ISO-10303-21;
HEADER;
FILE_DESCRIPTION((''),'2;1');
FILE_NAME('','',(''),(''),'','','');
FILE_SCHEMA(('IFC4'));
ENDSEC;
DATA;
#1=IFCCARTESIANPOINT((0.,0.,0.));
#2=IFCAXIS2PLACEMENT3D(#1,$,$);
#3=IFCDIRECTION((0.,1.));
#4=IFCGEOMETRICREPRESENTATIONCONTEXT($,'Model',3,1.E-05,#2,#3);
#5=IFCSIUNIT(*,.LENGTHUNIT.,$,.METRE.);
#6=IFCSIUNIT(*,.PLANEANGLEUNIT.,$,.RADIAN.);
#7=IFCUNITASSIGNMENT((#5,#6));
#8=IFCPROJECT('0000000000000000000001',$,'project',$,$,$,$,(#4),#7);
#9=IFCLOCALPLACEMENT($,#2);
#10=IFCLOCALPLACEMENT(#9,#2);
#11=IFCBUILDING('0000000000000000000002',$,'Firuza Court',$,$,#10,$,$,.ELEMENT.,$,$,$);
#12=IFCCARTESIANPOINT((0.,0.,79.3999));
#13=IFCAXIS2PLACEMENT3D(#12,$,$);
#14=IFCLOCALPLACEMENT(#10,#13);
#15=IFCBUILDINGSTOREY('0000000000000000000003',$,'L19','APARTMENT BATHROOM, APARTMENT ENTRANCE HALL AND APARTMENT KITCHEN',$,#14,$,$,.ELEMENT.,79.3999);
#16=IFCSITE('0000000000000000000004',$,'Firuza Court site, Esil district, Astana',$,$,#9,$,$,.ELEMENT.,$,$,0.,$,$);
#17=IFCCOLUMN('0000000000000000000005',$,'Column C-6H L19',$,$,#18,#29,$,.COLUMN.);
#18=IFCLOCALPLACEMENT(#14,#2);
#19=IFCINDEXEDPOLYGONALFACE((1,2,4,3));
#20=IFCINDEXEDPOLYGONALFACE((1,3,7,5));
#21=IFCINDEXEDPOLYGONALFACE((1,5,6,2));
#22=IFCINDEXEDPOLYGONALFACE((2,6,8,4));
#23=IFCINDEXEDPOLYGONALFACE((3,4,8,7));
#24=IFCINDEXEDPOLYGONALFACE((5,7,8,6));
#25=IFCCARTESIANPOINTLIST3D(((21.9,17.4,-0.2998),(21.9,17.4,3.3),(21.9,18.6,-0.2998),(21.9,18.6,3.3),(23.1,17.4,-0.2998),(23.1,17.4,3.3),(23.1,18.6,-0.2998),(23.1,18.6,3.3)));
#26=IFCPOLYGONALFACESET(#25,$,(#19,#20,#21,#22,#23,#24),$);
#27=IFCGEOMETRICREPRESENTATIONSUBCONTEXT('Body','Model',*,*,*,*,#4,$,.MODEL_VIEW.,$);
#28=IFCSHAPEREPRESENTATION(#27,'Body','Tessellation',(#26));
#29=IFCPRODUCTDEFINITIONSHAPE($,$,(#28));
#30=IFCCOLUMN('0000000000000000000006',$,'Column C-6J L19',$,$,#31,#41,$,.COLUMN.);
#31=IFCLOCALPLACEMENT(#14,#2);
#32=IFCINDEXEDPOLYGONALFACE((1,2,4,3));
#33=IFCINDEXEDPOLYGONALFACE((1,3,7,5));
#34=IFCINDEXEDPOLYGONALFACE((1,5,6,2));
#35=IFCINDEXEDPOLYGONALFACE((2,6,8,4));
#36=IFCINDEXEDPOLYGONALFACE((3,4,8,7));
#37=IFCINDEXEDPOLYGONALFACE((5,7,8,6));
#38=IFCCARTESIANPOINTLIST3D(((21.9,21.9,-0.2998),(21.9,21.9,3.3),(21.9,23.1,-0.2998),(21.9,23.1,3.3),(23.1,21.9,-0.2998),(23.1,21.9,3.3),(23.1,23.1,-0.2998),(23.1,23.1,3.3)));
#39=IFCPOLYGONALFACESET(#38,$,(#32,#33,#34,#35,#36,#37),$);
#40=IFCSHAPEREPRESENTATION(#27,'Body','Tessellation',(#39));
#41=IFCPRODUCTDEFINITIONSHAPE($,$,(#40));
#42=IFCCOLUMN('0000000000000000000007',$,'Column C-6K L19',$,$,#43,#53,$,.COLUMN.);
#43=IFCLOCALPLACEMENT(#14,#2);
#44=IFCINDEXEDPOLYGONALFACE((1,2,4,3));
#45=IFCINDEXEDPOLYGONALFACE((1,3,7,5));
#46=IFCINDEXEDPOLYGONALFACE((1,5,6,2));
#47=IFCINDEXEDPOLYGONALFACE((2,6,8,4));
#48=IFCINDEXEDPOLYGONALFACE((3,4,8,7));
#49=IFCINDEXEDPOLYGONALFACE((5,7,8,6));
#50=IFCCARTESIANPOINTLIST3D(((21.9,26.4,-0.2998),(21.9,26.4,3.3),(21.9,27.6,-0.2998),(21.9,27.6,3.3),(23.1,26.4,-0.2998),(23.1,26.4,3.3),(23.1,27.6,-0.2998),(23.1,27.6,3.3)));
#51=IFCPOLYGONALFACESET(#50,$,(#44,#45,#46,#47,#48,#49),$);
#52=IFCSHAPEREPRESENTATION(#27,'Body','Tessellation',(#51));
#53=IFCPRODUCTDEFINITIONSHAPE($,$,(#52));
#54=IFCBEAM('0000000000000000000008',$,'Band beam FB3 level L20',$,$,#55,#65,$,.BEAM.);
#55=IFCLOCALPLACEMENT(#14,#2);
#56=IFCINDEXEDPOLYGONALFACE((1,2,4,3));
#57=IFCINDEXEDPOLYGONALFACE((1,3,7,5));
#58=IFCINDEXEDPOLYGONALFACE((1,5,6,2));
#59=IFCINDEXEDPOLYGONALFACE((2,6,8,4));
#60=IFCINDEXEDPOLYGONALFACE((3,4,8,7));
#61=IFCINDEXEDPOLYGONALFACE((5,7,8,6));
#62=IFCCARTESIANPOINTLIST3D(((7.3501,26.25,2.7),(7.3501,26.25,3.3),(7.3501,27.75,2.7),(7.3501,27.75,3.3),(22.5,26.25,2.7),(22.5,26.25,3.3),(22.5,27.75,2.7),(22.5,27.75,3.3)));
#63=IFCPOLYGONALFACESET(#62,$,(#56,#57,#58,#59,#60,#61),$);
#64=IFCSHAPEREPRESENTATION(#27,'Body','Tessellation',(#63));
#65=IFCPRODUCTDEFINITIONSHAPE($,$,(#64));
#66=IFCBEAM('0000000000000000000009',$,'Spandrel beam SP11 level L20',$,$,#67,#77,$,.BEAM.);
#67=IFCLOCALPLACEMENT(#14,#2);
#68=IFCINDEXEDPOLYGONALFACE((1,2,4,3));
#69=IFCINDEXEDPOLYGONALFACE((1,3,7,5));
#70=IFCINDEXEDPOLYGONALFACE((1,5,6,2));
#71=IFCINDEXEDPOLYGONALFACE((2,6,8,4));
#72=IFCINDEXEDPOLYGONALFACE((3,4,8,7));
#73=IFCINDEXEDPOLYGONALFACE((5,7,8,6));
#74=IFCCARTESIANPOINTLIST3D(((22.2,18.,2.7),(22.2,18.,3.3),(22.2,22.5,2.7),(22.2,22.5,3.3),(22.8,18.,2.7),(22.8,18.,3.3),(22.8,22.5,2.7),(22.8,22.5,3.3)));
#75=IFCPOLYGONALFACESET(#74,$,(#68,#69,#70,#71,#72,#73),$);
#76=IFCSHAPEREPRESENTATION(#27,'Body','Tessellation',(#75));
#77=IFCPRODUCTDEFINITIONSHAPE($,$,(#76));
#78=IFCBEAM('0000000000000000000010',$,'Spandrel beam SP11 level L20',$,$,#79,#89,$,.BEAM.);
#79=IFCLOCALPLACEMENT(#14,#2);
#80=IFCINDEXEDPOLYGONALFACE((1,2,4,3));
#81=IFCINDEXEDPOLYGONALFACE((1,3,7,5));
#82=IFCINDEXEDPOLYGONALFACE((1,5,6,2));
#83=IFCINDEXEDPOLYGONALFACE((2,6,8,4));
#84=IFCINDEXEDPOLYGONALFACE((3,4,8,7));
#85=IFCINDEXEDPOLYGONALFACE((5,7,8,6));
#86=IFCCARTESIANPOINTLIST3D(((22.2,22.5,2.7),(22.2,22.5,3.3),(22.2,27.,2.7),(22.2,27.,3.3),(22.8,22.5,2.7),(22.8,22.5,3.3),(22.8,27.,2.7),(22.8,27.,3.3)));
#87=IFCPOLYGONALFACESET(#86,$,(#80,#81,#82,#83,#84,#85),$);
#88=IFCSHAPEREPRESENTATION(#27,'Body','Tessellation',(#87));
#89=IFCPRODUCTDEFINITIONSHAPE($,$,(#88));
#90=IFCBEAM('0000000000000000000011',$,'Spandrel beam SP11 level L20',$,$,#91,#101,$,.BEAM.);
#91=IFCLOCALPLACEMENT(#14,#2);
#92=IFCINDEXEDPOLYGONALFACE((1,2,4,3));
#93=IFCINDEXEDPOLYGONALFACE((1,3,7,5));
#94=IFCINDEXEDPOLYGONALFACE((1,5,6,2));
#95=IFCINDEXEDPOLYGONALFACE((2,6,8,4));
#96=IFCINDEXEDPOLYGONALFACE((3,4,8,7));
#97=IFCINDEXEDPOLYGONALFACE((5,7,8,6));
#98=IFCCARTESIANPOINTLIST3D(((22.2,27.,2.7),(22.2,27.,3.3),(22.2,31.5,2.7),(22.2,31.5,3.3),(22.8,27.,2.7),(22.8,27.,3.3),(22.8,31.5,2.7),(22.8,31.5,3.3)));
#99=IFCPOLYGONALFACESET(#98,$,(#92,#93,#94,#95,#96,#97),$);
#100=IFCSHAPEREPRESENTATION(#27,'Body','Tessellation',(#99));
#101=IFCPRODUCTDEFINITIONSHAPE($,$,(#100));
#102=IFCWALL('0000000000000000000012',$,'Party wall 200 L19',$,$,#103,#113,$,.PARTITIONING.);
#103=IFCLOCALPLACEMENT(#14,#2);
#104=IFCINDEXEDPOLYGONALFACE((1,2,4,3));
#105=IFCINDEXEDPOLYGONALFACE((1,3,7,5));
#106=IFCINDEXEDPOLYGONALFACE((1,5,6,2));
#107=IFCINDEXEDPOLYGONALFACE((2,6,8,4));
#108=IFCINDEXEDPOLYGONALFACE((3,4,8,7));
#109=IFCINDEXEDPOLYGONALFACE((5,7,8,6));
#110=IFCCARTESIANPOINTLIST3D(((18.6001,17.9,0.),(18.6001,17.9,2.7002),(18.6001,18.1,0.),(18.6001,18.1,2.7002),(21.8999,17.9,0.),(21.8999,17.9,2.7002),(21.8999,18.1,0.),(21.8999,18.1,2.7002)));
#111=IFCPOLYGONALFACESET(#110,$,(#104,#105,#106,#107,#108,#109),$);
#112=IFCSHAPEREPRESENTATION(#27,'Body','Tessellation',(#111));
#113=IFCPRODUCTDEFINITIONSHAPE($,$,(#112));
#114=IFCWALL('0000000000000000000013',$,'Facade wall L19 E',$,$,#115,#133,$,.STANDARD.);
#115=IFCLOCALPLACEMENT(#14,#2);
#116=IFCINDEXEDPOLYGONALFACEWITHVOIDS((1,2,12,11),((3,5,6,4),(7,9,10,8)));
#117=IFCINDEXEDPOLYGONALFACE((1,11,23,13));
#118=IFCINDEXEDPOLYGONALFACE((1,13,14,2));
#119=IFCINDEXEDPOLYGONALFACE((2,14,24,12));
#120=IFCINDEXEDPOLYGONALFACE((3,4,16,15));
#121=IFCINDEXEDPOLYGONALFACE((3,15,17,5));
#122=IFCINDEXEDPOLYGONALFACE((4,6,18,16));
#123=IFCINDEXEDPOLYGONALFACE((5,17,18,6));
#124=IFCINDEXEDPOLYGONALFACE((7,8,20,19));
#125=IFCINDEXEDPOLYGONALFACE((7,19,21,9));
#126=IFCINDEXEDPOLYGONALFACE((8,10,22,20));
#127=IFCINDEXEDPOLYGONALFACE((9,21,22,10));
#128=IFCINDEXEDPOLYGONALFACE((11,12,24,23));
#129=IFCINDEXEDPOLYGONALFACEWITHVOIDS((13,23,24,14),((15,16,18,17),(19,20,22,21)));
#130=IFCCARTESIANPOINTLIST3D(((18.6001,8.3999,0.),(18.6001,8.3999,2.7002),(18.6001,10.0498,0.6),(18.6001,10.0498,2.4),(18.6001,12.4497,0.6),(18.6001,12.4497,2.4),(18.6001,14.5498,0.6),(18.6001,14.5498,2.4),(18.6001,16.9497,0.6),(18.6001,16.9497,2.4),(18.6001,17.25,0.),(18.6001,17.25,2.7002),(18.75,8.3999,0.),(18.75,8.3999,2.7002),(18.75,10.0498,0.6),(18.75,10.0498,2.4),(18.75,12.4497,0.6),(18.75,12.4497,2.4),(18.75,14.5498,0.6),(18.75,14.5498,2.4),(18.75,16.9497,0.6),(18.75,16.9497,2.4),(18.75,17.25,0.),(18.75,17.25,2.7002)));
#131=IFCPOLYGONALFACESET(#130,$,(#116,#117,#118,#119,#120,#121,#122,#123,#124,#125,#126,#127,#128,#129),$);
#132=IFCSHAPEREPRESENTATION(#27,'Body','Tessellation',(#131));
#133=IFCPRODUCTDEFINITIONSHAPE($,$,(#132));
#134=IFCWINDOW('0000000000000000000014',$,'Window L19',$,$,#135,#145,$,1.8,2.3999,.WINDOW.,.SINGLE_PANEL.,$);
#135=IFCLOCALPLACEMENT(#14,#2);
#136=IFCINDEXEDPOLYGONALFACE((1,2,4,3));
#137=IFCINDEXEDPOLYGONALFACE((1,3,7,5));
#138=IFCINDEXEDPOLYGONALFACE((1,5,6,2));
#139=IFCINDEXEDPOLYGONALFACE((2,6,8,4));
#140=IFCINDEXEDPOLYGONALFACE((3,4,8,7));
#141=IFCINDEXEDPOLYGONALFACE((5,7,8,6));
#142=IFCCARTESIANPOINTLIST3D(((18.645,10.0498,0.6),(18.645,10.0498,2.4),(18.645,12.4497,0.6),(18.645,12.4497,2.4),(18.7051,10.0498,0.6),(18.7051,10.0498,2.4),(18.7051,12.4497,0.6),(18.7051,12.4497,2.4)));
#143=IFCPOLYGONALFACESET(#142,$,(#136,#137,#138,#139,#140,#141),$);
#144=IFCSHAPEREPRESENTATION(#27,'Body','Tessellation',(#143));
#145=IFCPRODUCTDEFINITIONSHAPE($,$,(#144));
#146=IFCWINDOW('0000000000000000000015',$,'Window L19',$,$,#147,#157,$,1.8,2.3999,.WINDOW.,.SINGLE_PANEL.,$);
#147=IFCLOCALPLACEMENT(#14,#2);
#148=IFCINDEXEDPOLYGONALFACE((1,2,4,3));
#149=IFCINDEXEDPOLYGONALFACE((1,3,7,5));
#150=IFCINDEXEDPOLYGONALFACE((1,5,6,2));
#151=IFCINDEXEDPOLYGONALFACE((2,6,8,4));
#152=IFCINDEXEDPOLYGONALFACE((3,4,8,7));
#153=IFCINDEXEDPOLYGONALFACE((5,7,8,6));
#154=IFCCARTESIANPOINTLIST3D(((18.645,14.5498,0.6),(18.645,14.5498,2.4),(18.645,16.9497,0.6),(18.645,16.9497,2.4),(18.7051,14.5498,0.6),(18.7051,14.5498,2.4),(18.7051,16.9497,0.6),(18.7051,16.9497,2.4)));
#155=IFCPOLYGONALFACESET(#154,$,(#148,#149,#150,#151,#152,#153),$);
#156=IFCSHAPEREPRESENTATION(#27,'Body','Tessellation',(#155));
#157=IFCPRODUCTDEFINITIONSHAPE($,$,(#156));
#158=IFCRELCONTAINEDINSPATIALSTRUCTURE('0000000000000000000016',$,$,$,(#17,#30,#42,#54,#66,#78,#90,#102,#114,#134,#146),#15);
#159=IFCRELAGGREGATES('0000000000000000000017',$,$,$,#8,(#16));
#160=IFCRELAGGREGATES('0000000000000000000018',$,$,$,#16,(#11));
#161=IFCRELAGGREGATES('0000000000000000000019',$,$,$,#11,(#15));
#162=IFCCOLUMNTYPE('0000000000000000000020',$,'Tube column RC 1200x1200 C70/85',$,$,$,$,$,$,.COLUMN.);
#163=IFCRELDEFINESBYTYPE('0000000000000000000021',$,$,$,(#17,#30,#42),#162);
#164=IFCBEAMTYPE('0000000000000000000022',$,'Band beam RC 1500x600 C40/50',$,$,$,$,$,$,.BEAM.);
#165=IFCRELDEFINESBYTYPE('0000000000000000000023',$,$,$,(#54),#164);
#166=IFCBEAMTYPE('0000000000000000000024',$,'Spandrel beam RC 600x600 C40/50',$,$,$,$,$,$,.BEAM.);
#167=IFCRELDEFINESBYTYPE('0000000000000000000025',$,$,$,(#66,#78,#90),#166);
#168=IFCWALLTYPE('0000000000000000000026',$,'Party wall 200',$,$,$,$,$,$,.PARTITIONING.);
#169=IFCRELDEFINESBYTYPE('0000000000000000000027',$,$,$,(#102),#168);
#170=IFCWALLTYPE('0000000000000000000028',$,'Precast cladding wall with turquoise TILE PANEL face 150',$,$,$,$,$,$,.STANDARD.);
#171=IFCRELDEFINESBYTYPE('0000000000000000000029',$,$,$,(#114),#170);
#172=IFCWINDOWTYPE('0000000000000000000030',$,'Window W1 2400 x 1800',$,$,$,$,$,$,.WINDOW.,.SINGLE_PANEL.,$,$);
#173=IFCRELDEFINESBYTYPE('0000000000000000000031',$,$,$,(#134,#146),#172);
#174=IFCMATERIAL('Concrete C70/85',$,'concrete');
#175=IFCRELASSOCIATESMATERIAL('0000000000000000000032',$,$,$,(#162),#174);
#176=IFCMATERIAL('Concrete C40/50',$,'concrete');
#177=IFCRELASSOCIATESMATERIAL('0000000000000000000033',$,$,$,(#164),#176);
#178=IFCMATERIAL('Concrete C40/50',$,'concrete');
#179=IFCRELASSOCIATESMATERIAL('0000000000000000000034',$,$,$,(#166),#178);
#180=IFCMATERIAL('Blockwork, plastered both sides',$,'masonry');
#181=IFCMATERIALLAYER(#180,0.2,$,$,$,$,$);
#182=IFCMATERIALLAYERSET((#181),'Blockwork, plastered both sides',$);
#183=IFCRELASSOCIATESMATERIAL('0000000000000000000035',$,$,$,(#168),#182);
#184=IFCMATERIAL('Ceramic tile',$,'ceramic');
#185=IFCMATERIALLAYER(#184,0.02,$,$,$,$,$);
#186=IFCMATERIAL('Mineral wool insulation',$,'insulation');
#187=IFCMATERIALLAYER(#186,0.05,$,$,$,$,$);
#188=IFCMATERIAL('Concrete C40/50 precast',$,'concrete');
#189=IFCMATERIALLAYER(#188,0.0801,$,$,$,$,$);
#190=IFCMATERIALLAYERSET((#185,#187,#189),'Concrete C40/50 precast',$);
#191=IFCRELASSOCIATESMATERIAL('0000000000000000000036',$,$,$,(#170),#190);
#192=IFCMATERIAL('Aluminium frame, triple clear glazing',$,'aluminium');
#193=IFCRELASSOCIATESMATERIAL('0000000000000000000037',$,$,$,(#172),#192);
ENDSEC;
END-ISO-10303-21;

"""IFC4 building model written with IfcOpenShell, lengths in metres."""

from ifc_helpers import new_model, si_unit, direction, frame, frame_2d, origin, origin_2d, place, context, subcontext, project, spatial, rectangle, extrude, material, layer, layer_set, material_profile, profile_set, type_object, element, fill, save


model = new_model("IFC4")

# Units and contexts
model_context = context("Model", 3, precision=1e-05, world=origin(), true_north=direction((0.0, 1.0)))
body_context = subcontext(model_context, "Body", "Model", "MODEL_VIEW")
ifc_project = project(units=[si_unit("LENGTHUNIT", "METRE"), si_unit("PLANEANGLEUNIT", "RADIAN")], contexts=[model_context])

# Site, building, storey
site_placement = place(None, origin())
site = spatial("IfcSite", under=ifc_project, at=site_placement, Name="Firuza Court site, Esil district, Astana", CompositionType="ELEMENT", RefElevation=0.0)
building_placement = place(site_placement, origin())
building = spatial("IfcBuilding", under=site, at=building_placement, Name="Firuza Court", CompositionType="ELEMENT")
storey_placement = place(building_placement, frame((0.0, 0.0, 79.3999)))
storey = spatial("IfcBuildingStorey", under=building, at=storey_placement, Name="L19", Description="APARTMENT BATHROOM, APARTMENT ENTRANCE HALL AND APARTMENT KITCHEN", CompositionType="ELEMENT", Elevation=79.3999)

# Columns
ifc_material_1 = material(Name="Concrete C70/85", Category="concrete")
ifc_material_profile_1 = material_profile(ifc_material_1, rectangle(XDim=1.2, YDim=1.2, at=origin_2d()), Name="RC 1200x1200")
ifc_profile_set_1 = profile_set([ifc_material_profile_1], Name="Concrete C70/85")
column_type = type_object("IfcColumnType", Name="Tube column RC 1200x1200 C70/85", PredefinedType="COLUMN", material=ifc_profile_set_1)
for number, where, z_axis, x_axis, name in (
    (1, (22.5, 18.0, -0.2998), (0.0, 0.0, 1.0), (1.0, 0.0, 0.0), "Column C-6H L19"),
    (2, (22.5, 22.5, -0.2998), (0.0, 0.0, 1.0), (1.0, 0.0, 0.0), "Column C-6J L19"),
    (3, (22.5, 27.0, -0.2998), (0.0, 0.0, 1.0), (1.0, 0.0, 0.0), "Column C-6K L19"),
):
    element("IfcColumn", number, at=place(storey_placement, frame(where, z_axis=z_axis, x_axis=x_axis)), inside=storey, type_object=column_type, Name=name, PredefinedType="COLUMN", context=body_context, shape_type="SweptSolid", body=[
        extrude(rectangle(XDim=1.2, YDim=1.2, at=origin_2d()), origin(), (0.0, 0.0, 1.0), 3.5999),
    ])

# Beams
ifc_material_2 = material(Name="Concrete C40/50", Category="concrete")
ifc_material_profile_2 = material_profile(ifc_material_2, rectangle(XDim=1.5, YDim=0.6001, at=origin_2d()), Name="RC 1500x600")
ifc_profile_set_2 = profile_set([ifc_material_profile_2], Name="Concrete C40/50")
beam_type_1 = type_object("IfcBeamType", Name="Band beam RC 1500x600 C40/50", PredefinedType="BEAM", material=ifc_profile_set_2)
beam_placement = place(storey_placement, frame((22.5, 27.0, 3.0), z_axis=(-1.0, 0.0, 0.0), x_axis=(0.0, -1.0, 0.0)))
element("IfcBeam", 4, at=beam_placement, inside=storey, type_object=beam_type_1, Name="Band beam FB3 level L20", PredefinedType="BEAM", context=body_context, shape_type="SweptSolid", body=[
    extrude(rectangle(XDim=1.5, YDim=0.6001, at=origin_2d()), origin(), (0.0, 0.0, 1.0), 15.1499),
])
ifc_material_3 = material(Name="Concrete C40/50", Category="concrete")
ifc_material_profile_3 = material_profile(ifc_material_3, rectangle(XDim=0.6001, YDim=0.6001, at=origin_2d()), Name="RC 600x600")
ifc_profile_set_3 = profile_set([ifc_material_profile_3], Name="Concrete C40/50")
beam_type_2 = type_object("IfcBeamType", Name="Spandrel beam RC 600x600 C40/50", PredefinedType="BEAM", material=ifc_profile_set_3)
for number, where, z_axis, x_axis, name in (
    (5, (22.5, 18.0, 3.0), (0.0, 1.0, 0.0), (-1.0, 0.0, 0.0), "Spandrel beam SP11 level L20"),
    (6, (22.5, 22.5, 3.0), (0.0, 1.0, 0.0), (-1.0, 0.0, 0.0), "Spandrel beam SP11 level L20"),
    (7, (22.5, 27.0, 3.0), (0.0, 1.0, 0.0), (-1.0, 0.0, 0.0), "Spandrel beam SP11 level L20"),
):
    element("IfcBeam", number, at=place(storey_placement, frame(where, z_axis=z_axis, x_axis=x_axis)), inside=storey, type_object=beam_type_2, Name=name, PredefinedType="BEAM", context=body_context, shape_type="SweptSolid", body=[
        extrude(rectangle(XDim=0.6001, YDim=0.6001, at=origin_2d()), origin(), (0.0, 0.0, 1.0), 4.5),
    ])

# Wall
ifc_material_4 = material(Name="Blockwork, plastered both sides", Category="masonry")
ifc_layer_1 = layer(ifc_material_4, 0.2)
ifc_layer_set_1 = layer_set([ifc_layer_1], Name="Blockwork, plastered both sides")
wall_type_1 = type_object("IfcWallType", Name="Party wall 200", PredefinedType="PARTITIONING", material=ifc_layer_set_1)
wall_1_placement = place(storey_placement, frame((18.6001, 18.0, 0.0), z_axis=(0.0, 0.0, 1.0), x_axis=(1.0, 0.0, 0.0)))
element("IfcWall", 8, at=wall_1_placement, inside=storey, type_object=wall_type_1, Name="Party wall 200 L19", PredefinedType="PARTITIONING", context=body_context, shape_type="SweptSolid", body=[
    extrude(rectangle(XDim=3.2998, YDim=0.2, at=frame_2d((1.6499, 0.0))), origin(), (0.0, 0.0, 1.0), 2.7002),
])

# Wall, openings, windows
ifc_material_5 = material(Name="Ceramic tile", Category="ceramic")
ifc_layer_2 = layer(ifc_material_5, 0.02)
ifc_material_6 = material(Name="Mineral wool insulation", Category="insulation")
ifc_layer_3 = layer(ifc_material_6, 0.05)
ifc_material_7 = material(Name="Concrete C40/50 precast", Category="concrete")
ifc_layer_4 = layer(ifc_material_7, 0.0801)
ifc_layer_set_2 = layer_set([ifc_layer_2, ifc_layer_3, ifc_layer_4], Name="Concrete C40/50 precast")
wall_type_2 = type_object("IfcWallType", Name="Precast cladding wall with turquoise TILE PANEL face 150", PredefinedType="STANDARD", material=ifc_layer_set_2)
wall_2_placement = place(storey_placement, frame((18.675, 8.3999, 0.0), z_axis=(0.0, 0.0, 1.0), x_axis=(0.0, 1.0, 0.0)))
wall_2 = element("IfcWall", 9, at=wall_2_placement, inside=storey, type_object=wall_type_2, Name="Facade wall L19 E", PredefinedType="STANDARD", context=body_context, shape_type="SweptSolid", body=[
    extrude(rectangle(XDim=8.8501, YDim=0.1499, at=frame_2d((4.425, 0.0))), origin(), (0.0, 0.0, 1.0), 2.7002),
])
opening_1_placement = place(wall_2_placement, frame((1.6499, 0.0, 0.6001)))
opening_1 = element("IfcOpeningElement", 10, at=opening_1_placement, cuts=wall_2, PredefinedType="OPENING", context=body_context, shape_type="SweptSolid", body=[
    extrude(rectangle(XDim=2.3999, YDim=1.8, at=frame_2d((1.2, 0.8999))), frame((0.0, 0.0869, 0.0), z_axis=(0.0, -1.0, 0.0), x_axis=(1.0, 0.0, 0.0)), (0.0, 0.0, 1.0), 0.1738),
])
opening_2_placement = place(wall_2_placement, frame((6.1499, 0.0, 0.6001)))
opening_2 = element("IfcOpeningElement", 11, at=opening_2_placement, cuts=wall_2, PredefinedType="OPENING", context=body_context, shape_type="SweptSolid", body=[
    extrude(rectangle(XDim=2.3999, YDim=1.8, at=frame_2d((1.2, 0.8999))), frame((0.0, 0.0869, 0.0), z_axis=(0.0, -1.0, 0.0), x_axis=(1.0, 0.0, 0.0)), (0.0, 0.0, 1.0), 0.1738),
])
ifc_material_8 = material(Name="Aluminium frame, triple clear glazing", Category="aluminium")
window_type_1 = type_object("IfcWindowType", Name="Window W1 2400 x 1800", PartitioningType="SINGLE_PANEL", PredefinedType="WINDOW", material=ifc_material_8)
window_1_placement = place(opening_1_placement, origin())
window_1 = element("IfcWindow", 12, at=window_1_placement, inside=storey, type_object=window_type_1, Name="Window L19", OverallHeight=1.8, OverallWidth=2.3999, PartitioningType="SINGLE_PANEL", PredefinedType="WINDOW", context=body_context, shape_type="SweptSolid", body=[
    extrude(rectangle(XDim=2.3999, YDim=1.8, at=frame_2d((1.2, 0.8999))), frame((0.0, 0.03, 0.0), z_axis=(0.0, -1.0, 0.0), x_axis=(1.0, 0.0, 0.0)), (0.0, 0.0, 1.0), 0.0601),
])
fill(opening_1, window_1)
window_2_placement = place(opening_2_placement, origin())
window_2 = element("IfcWindow", 13, at=window_2_placement, inside=storey, type_object=window_type_1, Name="Window L19", OverallHeight=1.8, OverallWidth=2.3999, PartitioningType="SINGLE_PANEL", PredefinedType="WINDOW", context=body_context, shape_type="SweptSolid", body=[
    extrude(rectangle(XDim=2.3999, YDim=1.8, at=frame_2d((1.2, 0.8999))), frame((0.0, 0.03, 0.0), z_axis=(0.0, -1.0, 0.0), x_axis=(1.0, 0.0, 0.0)), (0.0, 0.0, 1.0), 0.0601),
])
fill(opening_2, window_2)

save(model, "model.ifc")
